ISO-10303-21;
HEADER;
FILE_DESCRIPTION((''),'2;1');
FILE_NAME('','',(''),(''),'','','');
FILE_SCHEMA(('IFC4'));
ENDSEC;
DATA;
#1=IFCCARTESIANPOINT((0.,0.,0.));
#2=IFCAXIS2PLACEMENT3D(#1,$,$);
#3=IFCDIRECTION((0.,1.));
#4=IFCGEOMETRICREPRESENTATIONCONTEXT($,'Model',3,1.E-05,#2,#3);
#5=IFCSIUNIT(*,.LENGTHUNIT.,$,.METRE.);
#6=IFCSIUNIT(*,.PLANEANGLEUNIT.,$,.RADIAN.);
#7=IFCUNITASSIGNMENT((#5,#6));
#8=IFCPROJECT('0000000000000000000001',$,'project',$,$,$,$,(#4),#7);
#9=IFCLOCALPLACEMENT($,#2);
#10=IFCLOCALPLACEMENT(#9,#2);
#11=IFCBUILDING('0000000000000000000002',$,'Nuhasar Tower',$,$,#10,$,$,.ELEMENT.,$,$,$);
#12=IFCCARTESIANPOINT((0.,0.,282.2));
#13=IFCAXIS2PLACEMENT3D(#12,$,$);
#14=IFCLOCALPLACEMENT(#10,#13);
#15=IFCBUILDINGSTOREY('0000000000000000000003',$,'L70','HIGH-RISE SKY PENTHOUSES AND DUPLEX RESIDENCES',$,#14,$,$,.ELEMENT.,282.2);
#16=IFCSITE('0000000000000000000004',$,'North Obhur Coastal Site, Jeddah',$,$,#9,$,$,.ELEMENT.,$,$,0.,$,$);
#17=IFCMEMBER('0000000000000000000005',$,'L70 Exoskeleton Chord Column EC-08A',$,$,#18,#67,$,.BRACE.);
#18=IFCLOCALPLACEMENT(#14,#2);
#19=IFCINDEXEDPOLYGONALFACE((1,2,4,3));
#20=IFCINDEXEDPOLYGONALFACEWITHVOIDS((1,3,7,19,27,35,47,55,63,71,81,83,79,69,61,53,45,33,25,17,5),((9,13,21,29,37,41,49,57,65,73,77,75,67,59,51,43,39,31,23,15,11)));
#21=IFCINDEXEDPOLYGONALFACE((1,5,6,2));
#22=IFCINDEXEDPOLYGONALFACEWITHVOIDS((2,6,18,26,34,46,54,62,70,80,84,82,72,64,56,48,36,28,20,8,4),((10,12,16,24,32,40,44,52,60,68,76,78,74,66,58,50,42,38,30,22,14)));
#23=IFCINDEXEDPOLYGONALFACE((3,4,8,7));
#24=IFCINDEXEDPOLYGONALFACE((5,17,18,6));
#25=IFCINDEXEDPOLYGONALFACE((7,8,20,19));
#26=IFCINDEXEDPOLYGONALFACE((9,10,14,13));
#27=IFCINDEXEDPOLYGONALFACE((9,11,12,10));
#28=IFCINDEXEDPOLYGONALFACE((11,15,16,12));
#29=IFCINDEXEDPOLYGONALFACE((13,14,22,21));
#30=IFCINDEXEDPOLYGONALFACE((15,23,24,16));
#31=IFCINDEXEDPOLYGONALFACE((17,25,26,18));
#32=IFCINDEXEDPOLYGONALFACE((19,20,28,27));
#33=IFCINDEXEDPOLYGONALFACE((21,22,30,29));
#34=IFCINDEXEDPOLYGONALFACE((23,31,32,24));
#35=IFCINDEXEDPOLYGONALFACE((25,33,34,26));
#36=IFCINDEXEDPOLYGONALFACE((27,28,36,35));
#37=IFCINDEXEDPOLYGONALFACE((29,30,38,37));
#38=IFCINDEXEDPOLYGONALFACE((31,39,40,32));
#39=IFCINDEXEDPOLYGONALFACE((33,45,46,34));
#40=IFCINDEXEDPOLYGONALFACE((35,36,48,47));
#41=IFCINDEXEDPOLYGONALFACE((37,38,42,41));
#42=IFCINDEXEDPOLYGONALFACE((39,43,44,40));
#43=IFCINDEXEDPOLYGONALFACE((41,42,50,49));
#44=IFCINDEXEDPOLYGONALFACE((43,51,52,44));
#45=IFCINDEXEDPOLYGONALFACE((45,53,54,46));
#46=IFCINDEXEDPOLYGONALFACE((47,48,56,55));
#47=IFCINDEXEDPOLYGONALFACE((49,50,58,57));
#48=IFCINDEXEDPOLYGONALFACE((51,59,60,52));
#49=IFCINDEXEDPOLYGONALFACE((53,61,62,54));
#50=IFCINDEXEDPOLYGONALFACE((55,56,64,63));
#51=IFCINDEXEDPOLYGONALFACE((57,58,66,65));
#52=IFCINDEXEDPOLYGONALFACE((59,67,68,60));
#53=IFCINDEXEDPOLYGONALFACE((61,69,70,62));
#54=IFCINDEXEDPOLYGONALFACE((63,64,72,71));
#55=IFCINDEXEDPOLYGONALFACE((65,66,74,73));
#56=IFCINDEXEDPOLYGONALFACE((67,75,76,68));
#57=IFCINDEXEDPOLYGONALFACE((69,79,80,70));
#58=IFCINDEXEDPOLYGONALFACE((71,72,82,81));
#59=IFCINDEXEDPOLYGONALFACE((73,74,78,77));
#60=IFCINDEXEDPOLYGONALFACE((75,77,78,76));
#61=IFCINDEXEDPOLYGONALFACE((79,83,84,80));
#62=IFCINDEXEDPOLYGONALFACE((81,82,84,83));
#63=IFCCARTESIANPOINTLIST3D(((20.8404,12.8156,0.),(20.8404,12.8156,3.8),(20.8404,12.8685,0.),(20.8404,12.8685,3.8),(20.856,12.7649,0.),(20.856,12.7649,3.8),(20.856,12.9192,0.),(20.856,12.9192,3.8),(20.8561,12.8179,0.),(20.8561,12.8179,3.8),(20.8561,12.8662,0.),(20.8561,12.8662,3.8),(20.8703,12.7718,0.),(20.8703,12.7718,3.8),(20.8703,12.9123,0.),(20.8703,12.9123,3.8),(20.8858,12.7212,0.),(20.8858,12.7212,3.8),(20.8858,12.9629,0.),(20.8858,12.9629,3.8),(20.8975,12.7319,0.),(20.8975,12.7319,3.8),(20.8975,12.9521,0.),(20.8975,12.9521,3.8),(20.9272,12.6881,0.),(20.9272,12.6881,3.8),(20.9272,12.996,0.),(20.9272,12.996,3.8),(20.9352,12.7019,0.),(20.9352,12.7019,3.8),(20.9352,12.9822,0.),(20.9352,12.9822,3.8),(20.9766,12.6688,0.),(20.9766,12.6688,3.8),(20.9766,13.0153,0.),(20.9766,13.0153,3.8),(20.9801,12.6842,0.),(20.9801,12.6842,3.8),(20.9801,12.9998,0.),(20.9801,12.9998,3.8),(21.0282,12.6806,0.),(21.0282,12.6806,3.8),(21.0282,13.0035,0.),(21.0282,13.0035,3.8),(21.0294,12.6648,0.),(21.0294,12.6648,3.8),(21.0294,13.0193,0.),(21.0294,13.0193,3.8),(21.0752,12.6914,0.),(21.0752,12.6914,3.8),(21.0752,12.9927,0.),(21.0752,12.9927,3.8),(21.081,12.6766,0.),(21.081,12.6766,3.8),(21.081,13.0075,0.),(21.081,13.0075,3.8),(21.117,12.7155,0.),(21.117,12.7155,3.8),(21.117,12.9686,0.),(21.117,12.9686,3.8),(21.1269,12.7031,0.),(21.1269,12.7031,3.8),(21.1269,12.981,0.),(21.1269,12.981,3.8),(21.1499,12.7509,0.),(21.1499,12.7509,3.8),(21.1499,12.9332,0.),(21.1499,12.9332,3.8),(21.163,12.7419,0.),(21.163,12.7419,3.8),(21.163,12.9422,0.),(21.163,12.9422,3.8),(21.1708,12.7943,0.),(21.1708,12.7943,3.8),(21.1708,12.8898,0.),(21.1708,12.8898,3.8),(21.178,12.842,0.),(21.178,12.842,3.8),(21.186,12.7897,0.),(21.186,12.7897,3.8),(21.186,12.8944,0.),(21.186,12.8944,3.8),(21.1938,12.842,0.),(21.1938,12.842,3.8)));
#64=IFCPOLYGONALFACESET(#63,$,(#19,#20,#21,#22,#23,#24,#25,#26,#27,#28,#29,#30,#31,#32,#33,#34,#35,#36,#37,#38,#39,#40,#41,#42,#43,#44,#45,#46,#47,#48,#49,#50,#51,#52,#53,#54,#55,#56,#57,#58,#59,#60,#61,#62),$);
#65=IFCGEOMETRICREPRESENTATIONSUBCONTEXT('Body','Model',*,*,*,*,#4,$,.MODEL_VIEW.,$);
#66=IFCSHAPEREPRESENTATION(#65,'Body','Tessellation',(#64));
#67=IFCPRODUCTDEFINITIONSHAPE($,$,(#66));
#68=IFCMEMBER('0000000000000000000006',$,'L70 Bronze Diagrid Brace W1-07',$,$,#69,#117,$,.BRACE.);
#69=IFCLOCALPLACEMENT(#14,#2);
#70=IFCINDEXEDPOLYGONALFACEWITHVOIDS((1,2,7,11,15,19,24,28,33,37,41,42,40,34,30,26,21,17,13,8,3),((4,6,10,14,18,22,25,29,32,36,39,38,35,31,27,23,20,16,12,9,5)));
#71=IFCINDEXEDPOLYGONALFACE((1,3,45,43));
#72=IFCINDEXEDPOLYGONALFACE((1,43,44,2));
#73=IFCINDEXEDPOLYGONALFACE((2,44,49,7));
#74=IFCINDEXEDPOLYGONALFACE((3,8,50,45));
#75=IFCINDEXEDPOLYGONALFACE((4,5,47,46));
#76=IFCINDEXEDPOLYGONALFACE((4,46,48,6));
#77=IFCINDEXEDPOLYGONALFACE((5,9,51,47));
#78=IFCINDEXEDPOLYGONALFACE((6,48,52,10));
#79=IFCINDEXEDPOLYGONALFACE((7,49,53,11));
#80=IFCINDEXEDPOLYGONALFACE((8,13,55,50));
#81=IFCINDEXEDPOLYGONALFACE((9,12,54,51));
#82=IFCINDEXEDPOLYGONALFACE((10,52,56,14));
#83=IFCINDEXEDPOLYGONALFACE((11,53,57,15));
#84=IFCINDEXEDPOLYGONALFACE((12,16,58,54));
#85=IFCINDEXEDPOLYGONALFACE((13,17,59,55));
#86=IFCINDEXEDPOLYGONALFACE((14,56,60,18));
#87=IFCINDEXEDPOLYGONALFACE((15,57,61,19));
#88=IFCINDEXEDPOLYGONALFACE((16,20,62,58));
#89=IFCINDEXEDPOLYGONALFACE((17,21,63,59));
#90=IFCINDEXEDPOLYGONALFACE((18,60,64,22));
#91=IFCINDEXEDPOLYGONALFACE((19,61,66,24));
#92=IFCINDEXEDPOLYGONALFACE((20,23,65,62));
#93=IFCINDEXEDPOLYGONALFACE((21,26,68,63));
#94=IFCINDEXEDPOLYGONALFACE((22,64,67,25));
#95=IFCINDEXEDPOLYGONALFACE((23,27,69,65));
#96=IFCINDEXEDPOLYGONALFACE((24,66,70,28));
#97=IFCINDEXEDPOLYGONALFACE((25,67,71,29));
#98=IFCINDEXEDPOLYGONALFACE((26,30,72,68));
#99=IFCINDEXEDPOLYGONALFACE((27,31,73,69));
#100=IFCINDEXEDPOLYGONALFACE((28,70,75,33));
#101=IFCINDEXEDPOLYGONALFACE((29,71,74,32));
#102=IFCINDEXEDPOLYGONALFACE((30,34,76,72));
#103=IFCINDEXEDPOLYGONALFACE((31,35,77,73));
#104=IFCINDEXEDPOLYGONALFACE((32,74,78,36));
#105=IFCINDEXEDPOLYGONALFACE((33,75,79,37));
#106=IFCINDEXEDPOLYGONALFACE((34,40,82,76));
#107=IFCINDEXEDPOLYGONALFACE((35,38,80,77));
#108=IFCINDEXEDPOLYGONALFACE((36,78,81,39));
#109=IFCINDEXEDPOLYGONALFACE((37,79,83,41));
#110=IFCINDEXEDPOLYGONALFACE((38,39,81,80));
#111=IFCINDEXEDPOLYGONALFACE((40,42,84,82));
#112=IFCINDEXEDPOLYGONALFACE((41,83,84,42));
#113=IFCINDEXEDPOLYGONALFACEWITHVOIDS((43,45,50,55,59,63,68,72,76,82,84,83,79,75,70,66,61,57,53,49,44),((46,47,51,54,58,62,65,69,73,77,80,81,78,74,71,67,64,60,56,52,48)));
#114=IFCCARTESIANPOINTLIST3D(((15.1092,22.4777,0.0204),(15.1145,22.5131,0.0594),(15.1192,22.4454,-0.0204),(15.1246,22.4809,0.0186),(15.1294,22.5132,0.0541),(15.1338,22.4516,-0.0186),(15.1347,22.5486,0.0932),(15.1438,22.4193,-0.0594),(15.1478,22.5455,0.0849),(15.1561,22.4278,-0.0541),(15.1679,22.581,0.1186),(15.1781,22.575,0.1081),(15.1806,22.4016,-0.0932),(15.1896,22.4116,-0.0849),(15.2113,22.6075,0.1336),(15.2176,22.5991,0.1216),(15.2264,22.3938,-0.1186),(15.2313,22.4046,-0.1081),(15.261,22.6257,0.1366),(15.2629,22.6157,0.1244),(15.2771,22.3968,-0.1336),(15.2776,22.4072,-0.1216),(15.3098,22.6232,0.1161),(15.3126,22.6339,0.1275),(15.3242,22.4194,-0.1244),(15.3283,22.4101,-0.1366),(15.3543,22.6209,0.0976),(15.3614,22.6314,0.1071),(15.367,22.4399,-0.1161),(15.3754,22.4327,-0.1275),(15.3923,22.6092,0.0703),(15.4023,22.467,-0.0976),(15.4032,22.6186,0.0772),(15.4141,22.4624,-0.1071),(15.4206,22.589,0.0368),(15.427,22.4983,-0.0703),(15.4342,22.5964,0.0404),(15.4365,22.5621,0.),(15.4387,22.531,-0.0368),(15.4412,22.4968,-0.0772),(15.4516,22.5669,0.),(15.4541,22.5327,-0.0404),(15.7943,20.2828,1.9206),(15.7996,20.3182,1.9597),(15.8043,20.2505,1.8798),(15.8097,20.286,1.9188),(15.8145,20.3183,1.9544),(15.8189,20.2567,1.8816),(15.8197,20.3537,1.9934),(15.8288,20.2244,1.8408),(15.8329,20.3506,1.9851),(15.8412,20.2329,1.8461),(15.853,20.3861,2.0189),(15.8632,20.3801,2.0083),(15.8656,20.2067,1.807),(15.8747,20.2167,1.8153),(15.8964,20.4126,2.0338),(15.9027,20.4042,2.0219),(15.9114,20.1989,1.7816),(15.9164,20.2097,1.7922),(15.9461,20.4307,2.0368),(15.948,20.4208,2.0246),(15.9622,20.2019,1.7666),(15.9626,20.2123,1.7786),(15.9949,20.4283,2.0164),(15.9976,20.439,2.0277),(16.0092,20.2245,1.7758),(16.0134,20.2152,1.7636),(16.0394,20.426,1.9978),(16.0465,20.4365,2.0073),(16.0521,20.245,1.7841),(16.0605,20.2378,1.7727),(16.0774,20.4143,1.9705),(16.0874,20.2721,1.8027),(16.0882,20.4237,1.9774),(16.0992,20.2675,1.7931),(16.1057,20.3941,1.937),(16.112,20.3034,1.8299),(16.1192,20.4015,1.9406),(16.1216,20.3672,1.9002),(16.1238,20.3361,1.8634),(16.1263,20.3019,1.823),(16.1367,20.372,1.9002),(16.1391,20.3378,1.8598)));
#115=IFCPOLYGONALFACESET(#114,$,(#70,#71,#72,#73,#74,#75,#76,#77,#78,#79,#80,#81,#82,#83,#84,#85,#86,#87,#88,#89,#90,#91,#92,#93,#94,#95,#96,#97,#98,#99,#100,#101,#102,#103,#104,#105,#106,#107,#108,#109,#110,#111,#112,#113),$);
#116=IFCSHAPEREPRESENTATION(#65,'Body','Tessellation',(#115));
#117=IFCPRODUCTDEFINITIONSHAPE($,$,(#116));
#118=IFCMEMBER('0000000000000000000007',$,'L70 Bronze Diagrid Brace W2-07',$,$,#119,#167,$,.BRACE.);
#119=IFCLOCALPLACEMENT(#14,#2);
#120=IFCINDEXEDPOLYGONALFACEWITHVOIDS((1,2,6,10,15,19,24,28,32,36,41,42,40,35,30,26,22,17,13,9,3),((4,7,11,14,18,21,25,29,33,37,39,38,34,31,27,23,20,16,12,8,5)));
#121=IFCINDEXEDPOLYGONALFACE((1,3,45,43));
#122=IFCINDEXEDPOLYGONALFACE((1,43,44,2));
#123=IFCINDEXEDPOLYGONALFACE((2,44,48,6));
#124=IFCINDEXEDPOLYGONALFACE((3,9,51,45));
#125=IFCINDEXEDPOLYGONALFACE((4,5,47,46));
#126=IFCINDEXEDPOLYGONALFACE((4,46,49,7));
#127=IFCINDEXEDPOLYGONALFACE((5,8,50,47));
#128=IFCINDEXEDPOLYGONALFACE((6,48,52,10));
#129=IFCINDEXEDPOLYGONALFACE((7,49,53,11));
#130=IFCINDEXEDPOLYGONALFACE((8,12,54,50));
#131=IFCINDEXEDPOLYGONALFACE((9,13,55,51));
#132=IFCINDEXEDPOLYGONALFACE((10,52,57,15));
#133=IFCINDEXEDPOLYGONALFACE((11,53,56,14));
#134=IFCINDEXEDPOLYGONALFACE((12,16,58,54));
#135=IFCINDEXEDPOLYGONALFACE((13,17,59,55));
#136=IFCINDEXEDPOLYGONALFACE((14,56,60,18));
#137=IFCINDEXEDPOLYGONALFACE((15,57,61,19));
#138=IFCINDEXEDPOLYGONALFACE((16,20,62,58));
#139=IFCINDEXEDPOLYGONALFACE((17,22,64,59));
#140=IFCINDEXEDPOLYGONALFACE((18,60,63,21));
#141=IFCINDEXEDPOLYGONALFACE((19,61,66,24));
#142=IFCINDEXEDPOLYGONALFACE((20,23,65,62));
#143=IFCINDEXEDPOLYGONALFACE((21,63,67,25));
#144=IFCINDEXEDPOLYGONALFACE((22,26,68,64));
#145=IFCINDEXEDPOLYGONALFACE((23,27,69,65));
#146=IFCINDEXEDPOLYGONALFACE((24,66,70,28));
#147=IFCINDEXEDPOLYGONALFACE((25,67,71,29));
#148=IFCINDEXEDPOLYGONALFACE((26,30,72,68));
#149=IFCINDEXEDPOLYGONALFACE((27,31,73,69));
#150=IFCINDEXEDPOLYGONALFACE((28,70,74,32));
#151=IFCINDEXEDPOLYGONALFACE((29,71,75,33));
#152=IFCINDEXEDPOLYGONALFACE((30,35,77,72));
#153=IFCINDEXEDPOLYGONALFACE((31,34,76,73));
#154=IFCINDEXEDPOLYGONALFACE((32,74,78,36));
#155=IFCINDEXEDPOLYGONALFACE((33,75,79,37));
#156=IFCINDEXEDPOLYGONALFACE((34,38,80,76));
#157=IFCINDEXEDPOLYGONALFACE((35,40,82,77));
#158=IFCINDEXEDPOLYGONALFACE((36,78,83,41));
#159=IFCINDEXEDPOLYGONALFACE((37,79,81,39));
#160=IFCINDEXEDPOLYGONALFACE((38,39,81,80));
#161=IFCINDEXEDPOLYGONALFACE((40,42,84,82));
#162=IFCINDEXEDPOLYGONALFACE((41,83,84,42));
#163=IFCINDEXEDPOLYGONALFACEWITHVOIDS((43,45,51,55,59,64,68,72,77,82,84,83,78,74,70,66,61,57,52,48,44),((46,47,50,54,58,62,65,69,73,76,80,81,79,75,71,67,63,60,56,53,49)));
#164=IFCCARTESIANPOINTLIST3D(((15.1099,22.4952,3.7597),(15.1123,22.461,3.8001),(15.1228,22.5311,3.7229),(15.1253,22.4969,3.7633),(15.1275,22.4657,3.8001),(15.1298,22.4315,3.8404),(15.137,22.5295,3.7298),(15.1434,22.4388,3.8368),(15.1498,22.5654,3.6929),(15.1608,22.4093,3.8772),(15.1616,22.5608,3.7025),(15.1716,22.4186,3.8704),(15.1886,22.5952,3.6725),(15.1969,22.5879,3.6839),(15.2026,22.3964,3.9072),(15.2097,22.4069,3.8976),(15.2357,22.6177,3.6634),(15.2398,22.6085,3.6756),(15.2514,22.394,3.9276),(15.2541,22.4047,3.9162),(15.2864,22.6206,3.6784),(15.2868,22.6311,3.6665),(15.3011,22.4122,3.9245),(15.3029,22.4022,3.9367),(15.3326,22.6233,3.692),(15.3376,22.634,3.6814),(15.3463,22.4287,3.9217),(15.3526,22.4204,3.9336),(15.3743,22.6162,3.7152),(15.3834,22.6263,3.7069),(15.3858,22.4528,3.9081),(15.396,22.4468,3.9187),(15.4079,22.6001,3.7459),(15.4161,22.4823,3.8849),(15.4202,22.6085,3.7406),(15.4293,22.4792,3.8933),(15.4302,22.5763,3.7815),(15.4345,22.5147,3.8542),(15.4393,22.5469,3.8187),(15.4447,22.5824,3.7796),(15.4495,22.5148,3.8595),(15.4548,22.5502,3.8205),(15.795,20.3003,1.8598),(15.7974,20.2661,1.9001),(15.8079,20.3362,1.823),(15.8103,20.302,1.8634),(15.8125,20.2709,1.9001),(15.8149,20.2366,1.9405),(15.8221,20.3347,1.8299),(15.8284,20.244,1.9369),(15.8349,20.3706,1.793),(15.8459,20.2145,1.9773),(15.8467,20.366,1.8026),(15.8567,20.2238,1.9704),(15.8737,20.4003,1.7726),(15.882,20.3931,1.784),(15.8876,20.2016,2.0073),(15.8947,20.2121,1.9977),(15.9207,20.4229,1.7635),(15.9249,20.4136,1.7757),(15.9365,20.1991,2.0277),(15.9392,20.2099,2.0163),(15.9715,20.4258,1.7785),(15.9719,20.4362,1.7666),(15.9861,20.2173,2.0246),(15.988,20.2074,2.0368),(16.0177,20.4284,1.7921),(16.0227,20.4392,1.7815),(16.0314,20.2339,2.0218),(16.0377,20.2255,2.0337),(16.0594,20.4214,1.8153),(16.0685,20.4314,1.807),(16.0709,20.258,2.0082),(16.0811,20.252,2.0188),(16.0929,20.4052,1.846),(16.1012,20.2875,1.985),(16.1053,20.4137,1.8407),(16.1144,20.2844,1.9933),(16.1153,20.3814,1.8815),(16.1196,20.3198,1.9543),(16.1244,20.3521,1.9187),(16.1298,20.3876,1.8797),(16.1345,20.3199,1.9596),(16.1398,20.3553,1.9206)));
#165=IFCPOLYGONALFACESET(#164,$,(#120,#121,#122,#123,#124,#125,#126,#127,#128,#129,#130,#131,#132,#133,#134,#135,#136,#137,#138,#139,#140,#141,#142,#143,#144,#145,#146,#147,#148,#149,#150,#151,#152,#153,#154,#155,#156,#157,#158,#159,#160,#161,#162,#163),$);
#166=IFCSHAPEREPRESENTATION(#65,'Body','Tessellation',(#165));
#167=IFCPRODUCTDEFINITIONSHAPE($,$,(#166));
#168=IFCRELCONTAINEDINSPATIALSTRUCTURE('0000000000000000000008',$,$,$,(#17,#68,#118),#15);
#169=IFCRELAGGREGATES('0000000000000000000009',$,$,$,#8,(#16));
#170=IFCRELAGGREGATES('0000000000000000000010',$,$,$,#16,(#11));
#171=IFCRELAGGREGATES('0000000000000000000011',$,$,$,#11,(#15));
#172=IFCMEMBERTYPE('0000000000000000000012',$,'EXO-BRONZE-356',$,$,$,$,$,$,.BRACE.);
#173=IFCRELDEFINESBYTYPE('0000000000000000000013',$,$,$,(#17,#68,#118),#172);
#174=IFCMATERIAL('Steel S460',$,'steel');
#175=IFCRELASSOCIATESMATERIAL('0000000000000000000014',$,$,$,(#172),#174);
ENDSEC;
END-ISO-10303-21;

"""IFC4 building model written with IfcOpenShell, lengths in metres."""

from ifc_helpers import new_model, si_unit, direction, frame, origin, origin_2d, place, context, subcontext, project, spatial, hollow_circle, extrude, material, material_profile, profile_set, type_object, element, save


model = new_model("IFC4")

# Units and contexts
model_context = context("Model", 3, precision=1e-05, world=origin(), true_north=direction((0.0, 1.0)))
body_context = subcontext(model_context, "Body", "Model", "MODEL_VIEW")
ifc_project = project(units=[si_unit("LENGTHUNIT", "METRE"), si_unit("PLANEANGLEUNIT", "RADIAN")], contexts=[model_context])

# Site, building, storey
site_placement = place(None, origin())
site = spatial("IfcSite", under=ifc_project, at=site_placement, Name="North Obhur Coastal Site, Jeddah", CompositionType="ELEMENT", RefElevation=0.0)
building_placement = place(site_placement, origin())
building = spatial("IfcBuilding", under=site, at=building_placement, Name="Nuhasar Tower", CompositionType="ELEMENT")
storey_placement = place(building_placement, frame((0.0, 0.0, 282.2)))
storey = spatial("IfcBuildingStorey", under=building, at=storey_placement, Name="L70", Description="HIGH-RISE SKY PENTHOUSES AND DUPLEX RESIDENCES", CompositionType="ELEMENT", Elevation=282.2)

# Members
ifc_material_1 = material(Name="Steel S460", Category="steel")
ifc_material_profile_1 = material_profile(ifc_material_1, hollow_circle(Radius=0.1777, WallThickness=0.0159, at=origin_2d()), Name="HSS355.6X15.9")
ifc_profile_set_1 = profile_set([ifc_material_profile_1], Name="Steel S460")
member_type_1 = type_object("IfcMemberType", Name="EXO-BRONZE-356", PredefinedType="BRACE", material=ifc_profile_set_1)
for number, where, z_axis, x_axis, name in (
    (1, (21.0161, 12.842, 0.0), (0.0, 0.0, 1.0), (1.0, 0.0, 0.0), "L70 Exoskeleton Chord Column EC-08A"),
):
    element("IfcMember", number, at=place(storey_placement, frame(where, z_axis=z_axis, x_axis=x_axis)), inside=storey, type_object=member_type_1, Name=name, PredefinedType="BRACE", context=body_context, shape_type="SweptSolid", body=[
        extrude(hollow_circle(Radius=0.1777, WallThickness=0.0159, at=origin_2d()), origin(), (0.0, 0.0, 1.0), 3.8),
    ])
member_1_placement = place(storey_placement, frame((15.282, 22.5139, 0.0), z_axis=(0.229669, -0.735826, 0.637034), x_axis=(0.954582, 0.297948, 0.0)))
element("IfcMember", 2, at=member_1_placement, inside=storey, type_object=member_type_1, Name="L70 Bronze Diagrid Brace W1-07", PredefinedType="BRACE", context=body_context, shape_type="SweptSolid", body=[
    extrude(hollow_circle(Radius=0.1777, WallThickness=0.0159, at=origin_2d()), origin(), (0.0, 0.0, 1.0), 2.9829),
])
member_2_placement = place(storey_placement, frame((15.967, 20.3191, 1.9001), z_axis=(-0.229681, 0.735864, 0.636985), x_axis=(-0.954582, -0.297948, 0.0)))
element("IfcMember", 3, at=member_2_placement, inside=storey, type_object=member_type_1, Name="L70 Bronze Diagrid Brace W2-07", PredefinedType="BRACE", context=body_context, shape_type="SweptSolid", body=[
    extrude(hollow_circle(Radius=0.1777, WallThickness=0.0159, at=origin_2d()), origin(), (0.0, 0.0, 1.0), 2.9827),
])

save(model, "model.ifc")
